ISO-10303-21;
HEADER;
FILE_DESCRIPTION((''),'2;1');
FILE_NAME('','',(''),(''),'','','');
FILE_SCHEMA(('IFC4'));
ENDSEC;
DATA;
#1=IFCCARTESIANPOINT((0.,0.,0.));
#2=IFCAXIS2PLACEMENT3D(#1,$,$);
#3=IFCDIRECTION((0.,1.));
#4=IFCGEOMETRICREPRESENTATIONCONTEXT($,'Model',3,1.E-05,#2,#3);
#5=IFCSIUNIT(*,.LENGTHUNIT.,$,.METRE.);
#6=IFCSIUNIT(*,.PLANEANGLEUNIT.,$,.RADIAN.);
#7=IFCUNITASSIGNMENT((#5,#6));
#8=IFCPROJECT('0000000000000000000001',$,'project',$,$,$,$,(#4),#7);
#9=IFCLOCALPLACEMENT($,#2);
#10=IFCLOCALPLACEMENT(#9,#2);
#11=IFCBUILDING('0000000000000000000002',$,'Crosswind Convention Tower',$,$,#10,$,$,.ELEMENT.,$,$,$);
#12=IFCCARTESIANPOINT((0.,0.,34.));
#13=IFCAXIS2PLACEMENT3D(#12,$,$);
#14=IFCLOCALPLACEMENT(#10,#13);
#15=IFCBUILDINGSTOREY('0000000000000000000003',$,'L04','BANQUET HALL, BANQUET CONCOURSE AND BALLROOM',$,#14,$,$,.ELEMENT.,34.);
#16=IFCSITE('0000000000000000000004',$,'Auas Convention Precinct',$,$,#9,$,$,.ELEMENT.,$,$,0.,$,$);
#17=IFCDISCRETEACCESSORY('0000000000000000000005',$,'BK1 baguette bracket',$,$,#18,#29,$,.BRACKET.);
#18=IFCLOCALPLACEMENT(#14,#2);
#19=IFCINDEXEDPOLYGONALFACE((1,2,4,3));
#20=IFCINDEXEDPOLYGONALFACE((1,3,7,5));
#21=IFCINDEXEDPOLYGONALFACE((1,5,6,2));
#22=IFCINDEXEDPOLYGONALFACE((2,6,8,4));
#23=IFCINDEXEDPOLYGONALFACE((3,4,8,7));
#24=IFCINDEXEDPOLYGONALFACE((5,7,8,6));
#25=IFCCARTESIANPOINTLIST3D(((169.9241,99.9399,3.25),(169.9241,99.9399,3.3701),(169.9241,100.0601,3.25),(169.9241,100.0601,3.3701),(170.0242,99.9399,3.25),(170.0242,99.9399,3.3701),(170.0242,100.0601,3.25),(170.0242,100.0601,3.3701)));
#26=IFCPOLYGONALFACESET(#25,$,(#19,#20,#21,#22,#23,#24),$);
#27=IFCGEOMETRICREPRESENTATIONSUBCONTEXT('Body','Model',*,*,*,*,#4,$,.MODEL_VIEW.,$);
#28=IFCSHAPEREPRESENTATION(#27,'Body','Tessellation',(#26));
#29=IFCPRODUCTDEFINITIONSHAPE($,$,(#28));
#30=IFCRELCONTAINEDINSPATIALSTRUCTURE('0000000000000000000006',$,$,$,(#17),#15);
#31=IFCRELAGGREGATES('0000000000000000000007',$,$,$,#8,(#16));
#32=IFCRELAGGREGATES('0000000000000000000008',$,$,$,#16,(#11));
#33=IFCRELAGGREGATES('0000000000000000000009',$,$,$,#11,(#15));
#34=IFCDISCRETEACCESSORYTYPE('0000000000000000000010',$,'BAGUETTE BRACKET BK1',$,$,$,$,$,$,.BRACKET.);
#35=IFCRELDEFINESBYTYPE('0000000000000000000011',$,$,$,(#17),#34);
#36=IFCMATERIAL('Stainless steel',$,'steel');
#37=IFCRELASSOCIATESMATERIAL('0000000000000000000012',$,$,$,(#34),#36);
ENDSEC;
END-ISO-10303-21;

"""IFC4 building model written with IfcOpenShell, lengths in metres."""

from ifc_helpers import new_model, si_unit, direction, frame, origin, origin_2d, place, context, subcontext, project, spatial, rectangle, extrude, material, type_object, element, save


model = new_model("IFC4")

# Units and contexts
model_context = context("Model", 3, precision=1e-05, world=origin(), true_north=direction((0.0, 1.0)))
body_context = subcontext(model_context, "Body", "Model", "MODEL_VIEW")
ifc_project = project(units=[si_unit("LENGTHUNIT", "METRE"), si_unit("PLANEANGLEUNIT", "RADIAN")], contexts=[model_context])

# Site, building, storey
site_placement = place(None, origin())
site = spatial("IfcSite", under=ifc_project, at=site_placement, Name="Auas Convention Precinct", CompositionType="ELEMENT", RefElevation=0.0)
building_placement = place(site_placement, origin())
building = spatial("IfcBuilding", under=site, at=building_placement, Name="Crosswind Convention Tower", CompositionType="ELEMENT")
storey_placement = place(building_placement, frame((0.0, 0.0, 34.0)))
storey = spatial("IfcBuildingStorey", under=building, at=storey_placement, Name="L04", Description="BANQUET HALL, BANQUET CONCOURSE AND BALLROOM", CompositionType="ELEMENT", Elevation=34.0)

# Shared definitions
ifc_material_1 = material(Name="Stainless steel", Category="steel")

# Discrete accessory
discrete_accessory_type = type_object("IfcDiscreteAccessoryType", Name="BAGUETTE BRACKET BK1", PredefinedType="BRACKET", material=ifc_material_1)
discrete_accessory_placement = place(storey_placement, frame((169.9741, 100.0, 3.25), z_axis=(0.0, 0.0, 1.0), x_axis=(0.0, 1.0, 0.0)))
element("IfcDiscreteAccessory", 1, at=discrete_accessory_placement, inside=storey, type_object=discrete_accessory_type, Name="BK1 baguette bracket", PredefinedType="BRACKET", context=body_context, shape_type="SweptSolid", body=[
    extrude(rectangle(XDim=0.1201, YDim=0.1001, at=origin_2d()), origin(), (0.0, 0.0, 1.0), 0.1201),
])

save(model, "model.ifc")
